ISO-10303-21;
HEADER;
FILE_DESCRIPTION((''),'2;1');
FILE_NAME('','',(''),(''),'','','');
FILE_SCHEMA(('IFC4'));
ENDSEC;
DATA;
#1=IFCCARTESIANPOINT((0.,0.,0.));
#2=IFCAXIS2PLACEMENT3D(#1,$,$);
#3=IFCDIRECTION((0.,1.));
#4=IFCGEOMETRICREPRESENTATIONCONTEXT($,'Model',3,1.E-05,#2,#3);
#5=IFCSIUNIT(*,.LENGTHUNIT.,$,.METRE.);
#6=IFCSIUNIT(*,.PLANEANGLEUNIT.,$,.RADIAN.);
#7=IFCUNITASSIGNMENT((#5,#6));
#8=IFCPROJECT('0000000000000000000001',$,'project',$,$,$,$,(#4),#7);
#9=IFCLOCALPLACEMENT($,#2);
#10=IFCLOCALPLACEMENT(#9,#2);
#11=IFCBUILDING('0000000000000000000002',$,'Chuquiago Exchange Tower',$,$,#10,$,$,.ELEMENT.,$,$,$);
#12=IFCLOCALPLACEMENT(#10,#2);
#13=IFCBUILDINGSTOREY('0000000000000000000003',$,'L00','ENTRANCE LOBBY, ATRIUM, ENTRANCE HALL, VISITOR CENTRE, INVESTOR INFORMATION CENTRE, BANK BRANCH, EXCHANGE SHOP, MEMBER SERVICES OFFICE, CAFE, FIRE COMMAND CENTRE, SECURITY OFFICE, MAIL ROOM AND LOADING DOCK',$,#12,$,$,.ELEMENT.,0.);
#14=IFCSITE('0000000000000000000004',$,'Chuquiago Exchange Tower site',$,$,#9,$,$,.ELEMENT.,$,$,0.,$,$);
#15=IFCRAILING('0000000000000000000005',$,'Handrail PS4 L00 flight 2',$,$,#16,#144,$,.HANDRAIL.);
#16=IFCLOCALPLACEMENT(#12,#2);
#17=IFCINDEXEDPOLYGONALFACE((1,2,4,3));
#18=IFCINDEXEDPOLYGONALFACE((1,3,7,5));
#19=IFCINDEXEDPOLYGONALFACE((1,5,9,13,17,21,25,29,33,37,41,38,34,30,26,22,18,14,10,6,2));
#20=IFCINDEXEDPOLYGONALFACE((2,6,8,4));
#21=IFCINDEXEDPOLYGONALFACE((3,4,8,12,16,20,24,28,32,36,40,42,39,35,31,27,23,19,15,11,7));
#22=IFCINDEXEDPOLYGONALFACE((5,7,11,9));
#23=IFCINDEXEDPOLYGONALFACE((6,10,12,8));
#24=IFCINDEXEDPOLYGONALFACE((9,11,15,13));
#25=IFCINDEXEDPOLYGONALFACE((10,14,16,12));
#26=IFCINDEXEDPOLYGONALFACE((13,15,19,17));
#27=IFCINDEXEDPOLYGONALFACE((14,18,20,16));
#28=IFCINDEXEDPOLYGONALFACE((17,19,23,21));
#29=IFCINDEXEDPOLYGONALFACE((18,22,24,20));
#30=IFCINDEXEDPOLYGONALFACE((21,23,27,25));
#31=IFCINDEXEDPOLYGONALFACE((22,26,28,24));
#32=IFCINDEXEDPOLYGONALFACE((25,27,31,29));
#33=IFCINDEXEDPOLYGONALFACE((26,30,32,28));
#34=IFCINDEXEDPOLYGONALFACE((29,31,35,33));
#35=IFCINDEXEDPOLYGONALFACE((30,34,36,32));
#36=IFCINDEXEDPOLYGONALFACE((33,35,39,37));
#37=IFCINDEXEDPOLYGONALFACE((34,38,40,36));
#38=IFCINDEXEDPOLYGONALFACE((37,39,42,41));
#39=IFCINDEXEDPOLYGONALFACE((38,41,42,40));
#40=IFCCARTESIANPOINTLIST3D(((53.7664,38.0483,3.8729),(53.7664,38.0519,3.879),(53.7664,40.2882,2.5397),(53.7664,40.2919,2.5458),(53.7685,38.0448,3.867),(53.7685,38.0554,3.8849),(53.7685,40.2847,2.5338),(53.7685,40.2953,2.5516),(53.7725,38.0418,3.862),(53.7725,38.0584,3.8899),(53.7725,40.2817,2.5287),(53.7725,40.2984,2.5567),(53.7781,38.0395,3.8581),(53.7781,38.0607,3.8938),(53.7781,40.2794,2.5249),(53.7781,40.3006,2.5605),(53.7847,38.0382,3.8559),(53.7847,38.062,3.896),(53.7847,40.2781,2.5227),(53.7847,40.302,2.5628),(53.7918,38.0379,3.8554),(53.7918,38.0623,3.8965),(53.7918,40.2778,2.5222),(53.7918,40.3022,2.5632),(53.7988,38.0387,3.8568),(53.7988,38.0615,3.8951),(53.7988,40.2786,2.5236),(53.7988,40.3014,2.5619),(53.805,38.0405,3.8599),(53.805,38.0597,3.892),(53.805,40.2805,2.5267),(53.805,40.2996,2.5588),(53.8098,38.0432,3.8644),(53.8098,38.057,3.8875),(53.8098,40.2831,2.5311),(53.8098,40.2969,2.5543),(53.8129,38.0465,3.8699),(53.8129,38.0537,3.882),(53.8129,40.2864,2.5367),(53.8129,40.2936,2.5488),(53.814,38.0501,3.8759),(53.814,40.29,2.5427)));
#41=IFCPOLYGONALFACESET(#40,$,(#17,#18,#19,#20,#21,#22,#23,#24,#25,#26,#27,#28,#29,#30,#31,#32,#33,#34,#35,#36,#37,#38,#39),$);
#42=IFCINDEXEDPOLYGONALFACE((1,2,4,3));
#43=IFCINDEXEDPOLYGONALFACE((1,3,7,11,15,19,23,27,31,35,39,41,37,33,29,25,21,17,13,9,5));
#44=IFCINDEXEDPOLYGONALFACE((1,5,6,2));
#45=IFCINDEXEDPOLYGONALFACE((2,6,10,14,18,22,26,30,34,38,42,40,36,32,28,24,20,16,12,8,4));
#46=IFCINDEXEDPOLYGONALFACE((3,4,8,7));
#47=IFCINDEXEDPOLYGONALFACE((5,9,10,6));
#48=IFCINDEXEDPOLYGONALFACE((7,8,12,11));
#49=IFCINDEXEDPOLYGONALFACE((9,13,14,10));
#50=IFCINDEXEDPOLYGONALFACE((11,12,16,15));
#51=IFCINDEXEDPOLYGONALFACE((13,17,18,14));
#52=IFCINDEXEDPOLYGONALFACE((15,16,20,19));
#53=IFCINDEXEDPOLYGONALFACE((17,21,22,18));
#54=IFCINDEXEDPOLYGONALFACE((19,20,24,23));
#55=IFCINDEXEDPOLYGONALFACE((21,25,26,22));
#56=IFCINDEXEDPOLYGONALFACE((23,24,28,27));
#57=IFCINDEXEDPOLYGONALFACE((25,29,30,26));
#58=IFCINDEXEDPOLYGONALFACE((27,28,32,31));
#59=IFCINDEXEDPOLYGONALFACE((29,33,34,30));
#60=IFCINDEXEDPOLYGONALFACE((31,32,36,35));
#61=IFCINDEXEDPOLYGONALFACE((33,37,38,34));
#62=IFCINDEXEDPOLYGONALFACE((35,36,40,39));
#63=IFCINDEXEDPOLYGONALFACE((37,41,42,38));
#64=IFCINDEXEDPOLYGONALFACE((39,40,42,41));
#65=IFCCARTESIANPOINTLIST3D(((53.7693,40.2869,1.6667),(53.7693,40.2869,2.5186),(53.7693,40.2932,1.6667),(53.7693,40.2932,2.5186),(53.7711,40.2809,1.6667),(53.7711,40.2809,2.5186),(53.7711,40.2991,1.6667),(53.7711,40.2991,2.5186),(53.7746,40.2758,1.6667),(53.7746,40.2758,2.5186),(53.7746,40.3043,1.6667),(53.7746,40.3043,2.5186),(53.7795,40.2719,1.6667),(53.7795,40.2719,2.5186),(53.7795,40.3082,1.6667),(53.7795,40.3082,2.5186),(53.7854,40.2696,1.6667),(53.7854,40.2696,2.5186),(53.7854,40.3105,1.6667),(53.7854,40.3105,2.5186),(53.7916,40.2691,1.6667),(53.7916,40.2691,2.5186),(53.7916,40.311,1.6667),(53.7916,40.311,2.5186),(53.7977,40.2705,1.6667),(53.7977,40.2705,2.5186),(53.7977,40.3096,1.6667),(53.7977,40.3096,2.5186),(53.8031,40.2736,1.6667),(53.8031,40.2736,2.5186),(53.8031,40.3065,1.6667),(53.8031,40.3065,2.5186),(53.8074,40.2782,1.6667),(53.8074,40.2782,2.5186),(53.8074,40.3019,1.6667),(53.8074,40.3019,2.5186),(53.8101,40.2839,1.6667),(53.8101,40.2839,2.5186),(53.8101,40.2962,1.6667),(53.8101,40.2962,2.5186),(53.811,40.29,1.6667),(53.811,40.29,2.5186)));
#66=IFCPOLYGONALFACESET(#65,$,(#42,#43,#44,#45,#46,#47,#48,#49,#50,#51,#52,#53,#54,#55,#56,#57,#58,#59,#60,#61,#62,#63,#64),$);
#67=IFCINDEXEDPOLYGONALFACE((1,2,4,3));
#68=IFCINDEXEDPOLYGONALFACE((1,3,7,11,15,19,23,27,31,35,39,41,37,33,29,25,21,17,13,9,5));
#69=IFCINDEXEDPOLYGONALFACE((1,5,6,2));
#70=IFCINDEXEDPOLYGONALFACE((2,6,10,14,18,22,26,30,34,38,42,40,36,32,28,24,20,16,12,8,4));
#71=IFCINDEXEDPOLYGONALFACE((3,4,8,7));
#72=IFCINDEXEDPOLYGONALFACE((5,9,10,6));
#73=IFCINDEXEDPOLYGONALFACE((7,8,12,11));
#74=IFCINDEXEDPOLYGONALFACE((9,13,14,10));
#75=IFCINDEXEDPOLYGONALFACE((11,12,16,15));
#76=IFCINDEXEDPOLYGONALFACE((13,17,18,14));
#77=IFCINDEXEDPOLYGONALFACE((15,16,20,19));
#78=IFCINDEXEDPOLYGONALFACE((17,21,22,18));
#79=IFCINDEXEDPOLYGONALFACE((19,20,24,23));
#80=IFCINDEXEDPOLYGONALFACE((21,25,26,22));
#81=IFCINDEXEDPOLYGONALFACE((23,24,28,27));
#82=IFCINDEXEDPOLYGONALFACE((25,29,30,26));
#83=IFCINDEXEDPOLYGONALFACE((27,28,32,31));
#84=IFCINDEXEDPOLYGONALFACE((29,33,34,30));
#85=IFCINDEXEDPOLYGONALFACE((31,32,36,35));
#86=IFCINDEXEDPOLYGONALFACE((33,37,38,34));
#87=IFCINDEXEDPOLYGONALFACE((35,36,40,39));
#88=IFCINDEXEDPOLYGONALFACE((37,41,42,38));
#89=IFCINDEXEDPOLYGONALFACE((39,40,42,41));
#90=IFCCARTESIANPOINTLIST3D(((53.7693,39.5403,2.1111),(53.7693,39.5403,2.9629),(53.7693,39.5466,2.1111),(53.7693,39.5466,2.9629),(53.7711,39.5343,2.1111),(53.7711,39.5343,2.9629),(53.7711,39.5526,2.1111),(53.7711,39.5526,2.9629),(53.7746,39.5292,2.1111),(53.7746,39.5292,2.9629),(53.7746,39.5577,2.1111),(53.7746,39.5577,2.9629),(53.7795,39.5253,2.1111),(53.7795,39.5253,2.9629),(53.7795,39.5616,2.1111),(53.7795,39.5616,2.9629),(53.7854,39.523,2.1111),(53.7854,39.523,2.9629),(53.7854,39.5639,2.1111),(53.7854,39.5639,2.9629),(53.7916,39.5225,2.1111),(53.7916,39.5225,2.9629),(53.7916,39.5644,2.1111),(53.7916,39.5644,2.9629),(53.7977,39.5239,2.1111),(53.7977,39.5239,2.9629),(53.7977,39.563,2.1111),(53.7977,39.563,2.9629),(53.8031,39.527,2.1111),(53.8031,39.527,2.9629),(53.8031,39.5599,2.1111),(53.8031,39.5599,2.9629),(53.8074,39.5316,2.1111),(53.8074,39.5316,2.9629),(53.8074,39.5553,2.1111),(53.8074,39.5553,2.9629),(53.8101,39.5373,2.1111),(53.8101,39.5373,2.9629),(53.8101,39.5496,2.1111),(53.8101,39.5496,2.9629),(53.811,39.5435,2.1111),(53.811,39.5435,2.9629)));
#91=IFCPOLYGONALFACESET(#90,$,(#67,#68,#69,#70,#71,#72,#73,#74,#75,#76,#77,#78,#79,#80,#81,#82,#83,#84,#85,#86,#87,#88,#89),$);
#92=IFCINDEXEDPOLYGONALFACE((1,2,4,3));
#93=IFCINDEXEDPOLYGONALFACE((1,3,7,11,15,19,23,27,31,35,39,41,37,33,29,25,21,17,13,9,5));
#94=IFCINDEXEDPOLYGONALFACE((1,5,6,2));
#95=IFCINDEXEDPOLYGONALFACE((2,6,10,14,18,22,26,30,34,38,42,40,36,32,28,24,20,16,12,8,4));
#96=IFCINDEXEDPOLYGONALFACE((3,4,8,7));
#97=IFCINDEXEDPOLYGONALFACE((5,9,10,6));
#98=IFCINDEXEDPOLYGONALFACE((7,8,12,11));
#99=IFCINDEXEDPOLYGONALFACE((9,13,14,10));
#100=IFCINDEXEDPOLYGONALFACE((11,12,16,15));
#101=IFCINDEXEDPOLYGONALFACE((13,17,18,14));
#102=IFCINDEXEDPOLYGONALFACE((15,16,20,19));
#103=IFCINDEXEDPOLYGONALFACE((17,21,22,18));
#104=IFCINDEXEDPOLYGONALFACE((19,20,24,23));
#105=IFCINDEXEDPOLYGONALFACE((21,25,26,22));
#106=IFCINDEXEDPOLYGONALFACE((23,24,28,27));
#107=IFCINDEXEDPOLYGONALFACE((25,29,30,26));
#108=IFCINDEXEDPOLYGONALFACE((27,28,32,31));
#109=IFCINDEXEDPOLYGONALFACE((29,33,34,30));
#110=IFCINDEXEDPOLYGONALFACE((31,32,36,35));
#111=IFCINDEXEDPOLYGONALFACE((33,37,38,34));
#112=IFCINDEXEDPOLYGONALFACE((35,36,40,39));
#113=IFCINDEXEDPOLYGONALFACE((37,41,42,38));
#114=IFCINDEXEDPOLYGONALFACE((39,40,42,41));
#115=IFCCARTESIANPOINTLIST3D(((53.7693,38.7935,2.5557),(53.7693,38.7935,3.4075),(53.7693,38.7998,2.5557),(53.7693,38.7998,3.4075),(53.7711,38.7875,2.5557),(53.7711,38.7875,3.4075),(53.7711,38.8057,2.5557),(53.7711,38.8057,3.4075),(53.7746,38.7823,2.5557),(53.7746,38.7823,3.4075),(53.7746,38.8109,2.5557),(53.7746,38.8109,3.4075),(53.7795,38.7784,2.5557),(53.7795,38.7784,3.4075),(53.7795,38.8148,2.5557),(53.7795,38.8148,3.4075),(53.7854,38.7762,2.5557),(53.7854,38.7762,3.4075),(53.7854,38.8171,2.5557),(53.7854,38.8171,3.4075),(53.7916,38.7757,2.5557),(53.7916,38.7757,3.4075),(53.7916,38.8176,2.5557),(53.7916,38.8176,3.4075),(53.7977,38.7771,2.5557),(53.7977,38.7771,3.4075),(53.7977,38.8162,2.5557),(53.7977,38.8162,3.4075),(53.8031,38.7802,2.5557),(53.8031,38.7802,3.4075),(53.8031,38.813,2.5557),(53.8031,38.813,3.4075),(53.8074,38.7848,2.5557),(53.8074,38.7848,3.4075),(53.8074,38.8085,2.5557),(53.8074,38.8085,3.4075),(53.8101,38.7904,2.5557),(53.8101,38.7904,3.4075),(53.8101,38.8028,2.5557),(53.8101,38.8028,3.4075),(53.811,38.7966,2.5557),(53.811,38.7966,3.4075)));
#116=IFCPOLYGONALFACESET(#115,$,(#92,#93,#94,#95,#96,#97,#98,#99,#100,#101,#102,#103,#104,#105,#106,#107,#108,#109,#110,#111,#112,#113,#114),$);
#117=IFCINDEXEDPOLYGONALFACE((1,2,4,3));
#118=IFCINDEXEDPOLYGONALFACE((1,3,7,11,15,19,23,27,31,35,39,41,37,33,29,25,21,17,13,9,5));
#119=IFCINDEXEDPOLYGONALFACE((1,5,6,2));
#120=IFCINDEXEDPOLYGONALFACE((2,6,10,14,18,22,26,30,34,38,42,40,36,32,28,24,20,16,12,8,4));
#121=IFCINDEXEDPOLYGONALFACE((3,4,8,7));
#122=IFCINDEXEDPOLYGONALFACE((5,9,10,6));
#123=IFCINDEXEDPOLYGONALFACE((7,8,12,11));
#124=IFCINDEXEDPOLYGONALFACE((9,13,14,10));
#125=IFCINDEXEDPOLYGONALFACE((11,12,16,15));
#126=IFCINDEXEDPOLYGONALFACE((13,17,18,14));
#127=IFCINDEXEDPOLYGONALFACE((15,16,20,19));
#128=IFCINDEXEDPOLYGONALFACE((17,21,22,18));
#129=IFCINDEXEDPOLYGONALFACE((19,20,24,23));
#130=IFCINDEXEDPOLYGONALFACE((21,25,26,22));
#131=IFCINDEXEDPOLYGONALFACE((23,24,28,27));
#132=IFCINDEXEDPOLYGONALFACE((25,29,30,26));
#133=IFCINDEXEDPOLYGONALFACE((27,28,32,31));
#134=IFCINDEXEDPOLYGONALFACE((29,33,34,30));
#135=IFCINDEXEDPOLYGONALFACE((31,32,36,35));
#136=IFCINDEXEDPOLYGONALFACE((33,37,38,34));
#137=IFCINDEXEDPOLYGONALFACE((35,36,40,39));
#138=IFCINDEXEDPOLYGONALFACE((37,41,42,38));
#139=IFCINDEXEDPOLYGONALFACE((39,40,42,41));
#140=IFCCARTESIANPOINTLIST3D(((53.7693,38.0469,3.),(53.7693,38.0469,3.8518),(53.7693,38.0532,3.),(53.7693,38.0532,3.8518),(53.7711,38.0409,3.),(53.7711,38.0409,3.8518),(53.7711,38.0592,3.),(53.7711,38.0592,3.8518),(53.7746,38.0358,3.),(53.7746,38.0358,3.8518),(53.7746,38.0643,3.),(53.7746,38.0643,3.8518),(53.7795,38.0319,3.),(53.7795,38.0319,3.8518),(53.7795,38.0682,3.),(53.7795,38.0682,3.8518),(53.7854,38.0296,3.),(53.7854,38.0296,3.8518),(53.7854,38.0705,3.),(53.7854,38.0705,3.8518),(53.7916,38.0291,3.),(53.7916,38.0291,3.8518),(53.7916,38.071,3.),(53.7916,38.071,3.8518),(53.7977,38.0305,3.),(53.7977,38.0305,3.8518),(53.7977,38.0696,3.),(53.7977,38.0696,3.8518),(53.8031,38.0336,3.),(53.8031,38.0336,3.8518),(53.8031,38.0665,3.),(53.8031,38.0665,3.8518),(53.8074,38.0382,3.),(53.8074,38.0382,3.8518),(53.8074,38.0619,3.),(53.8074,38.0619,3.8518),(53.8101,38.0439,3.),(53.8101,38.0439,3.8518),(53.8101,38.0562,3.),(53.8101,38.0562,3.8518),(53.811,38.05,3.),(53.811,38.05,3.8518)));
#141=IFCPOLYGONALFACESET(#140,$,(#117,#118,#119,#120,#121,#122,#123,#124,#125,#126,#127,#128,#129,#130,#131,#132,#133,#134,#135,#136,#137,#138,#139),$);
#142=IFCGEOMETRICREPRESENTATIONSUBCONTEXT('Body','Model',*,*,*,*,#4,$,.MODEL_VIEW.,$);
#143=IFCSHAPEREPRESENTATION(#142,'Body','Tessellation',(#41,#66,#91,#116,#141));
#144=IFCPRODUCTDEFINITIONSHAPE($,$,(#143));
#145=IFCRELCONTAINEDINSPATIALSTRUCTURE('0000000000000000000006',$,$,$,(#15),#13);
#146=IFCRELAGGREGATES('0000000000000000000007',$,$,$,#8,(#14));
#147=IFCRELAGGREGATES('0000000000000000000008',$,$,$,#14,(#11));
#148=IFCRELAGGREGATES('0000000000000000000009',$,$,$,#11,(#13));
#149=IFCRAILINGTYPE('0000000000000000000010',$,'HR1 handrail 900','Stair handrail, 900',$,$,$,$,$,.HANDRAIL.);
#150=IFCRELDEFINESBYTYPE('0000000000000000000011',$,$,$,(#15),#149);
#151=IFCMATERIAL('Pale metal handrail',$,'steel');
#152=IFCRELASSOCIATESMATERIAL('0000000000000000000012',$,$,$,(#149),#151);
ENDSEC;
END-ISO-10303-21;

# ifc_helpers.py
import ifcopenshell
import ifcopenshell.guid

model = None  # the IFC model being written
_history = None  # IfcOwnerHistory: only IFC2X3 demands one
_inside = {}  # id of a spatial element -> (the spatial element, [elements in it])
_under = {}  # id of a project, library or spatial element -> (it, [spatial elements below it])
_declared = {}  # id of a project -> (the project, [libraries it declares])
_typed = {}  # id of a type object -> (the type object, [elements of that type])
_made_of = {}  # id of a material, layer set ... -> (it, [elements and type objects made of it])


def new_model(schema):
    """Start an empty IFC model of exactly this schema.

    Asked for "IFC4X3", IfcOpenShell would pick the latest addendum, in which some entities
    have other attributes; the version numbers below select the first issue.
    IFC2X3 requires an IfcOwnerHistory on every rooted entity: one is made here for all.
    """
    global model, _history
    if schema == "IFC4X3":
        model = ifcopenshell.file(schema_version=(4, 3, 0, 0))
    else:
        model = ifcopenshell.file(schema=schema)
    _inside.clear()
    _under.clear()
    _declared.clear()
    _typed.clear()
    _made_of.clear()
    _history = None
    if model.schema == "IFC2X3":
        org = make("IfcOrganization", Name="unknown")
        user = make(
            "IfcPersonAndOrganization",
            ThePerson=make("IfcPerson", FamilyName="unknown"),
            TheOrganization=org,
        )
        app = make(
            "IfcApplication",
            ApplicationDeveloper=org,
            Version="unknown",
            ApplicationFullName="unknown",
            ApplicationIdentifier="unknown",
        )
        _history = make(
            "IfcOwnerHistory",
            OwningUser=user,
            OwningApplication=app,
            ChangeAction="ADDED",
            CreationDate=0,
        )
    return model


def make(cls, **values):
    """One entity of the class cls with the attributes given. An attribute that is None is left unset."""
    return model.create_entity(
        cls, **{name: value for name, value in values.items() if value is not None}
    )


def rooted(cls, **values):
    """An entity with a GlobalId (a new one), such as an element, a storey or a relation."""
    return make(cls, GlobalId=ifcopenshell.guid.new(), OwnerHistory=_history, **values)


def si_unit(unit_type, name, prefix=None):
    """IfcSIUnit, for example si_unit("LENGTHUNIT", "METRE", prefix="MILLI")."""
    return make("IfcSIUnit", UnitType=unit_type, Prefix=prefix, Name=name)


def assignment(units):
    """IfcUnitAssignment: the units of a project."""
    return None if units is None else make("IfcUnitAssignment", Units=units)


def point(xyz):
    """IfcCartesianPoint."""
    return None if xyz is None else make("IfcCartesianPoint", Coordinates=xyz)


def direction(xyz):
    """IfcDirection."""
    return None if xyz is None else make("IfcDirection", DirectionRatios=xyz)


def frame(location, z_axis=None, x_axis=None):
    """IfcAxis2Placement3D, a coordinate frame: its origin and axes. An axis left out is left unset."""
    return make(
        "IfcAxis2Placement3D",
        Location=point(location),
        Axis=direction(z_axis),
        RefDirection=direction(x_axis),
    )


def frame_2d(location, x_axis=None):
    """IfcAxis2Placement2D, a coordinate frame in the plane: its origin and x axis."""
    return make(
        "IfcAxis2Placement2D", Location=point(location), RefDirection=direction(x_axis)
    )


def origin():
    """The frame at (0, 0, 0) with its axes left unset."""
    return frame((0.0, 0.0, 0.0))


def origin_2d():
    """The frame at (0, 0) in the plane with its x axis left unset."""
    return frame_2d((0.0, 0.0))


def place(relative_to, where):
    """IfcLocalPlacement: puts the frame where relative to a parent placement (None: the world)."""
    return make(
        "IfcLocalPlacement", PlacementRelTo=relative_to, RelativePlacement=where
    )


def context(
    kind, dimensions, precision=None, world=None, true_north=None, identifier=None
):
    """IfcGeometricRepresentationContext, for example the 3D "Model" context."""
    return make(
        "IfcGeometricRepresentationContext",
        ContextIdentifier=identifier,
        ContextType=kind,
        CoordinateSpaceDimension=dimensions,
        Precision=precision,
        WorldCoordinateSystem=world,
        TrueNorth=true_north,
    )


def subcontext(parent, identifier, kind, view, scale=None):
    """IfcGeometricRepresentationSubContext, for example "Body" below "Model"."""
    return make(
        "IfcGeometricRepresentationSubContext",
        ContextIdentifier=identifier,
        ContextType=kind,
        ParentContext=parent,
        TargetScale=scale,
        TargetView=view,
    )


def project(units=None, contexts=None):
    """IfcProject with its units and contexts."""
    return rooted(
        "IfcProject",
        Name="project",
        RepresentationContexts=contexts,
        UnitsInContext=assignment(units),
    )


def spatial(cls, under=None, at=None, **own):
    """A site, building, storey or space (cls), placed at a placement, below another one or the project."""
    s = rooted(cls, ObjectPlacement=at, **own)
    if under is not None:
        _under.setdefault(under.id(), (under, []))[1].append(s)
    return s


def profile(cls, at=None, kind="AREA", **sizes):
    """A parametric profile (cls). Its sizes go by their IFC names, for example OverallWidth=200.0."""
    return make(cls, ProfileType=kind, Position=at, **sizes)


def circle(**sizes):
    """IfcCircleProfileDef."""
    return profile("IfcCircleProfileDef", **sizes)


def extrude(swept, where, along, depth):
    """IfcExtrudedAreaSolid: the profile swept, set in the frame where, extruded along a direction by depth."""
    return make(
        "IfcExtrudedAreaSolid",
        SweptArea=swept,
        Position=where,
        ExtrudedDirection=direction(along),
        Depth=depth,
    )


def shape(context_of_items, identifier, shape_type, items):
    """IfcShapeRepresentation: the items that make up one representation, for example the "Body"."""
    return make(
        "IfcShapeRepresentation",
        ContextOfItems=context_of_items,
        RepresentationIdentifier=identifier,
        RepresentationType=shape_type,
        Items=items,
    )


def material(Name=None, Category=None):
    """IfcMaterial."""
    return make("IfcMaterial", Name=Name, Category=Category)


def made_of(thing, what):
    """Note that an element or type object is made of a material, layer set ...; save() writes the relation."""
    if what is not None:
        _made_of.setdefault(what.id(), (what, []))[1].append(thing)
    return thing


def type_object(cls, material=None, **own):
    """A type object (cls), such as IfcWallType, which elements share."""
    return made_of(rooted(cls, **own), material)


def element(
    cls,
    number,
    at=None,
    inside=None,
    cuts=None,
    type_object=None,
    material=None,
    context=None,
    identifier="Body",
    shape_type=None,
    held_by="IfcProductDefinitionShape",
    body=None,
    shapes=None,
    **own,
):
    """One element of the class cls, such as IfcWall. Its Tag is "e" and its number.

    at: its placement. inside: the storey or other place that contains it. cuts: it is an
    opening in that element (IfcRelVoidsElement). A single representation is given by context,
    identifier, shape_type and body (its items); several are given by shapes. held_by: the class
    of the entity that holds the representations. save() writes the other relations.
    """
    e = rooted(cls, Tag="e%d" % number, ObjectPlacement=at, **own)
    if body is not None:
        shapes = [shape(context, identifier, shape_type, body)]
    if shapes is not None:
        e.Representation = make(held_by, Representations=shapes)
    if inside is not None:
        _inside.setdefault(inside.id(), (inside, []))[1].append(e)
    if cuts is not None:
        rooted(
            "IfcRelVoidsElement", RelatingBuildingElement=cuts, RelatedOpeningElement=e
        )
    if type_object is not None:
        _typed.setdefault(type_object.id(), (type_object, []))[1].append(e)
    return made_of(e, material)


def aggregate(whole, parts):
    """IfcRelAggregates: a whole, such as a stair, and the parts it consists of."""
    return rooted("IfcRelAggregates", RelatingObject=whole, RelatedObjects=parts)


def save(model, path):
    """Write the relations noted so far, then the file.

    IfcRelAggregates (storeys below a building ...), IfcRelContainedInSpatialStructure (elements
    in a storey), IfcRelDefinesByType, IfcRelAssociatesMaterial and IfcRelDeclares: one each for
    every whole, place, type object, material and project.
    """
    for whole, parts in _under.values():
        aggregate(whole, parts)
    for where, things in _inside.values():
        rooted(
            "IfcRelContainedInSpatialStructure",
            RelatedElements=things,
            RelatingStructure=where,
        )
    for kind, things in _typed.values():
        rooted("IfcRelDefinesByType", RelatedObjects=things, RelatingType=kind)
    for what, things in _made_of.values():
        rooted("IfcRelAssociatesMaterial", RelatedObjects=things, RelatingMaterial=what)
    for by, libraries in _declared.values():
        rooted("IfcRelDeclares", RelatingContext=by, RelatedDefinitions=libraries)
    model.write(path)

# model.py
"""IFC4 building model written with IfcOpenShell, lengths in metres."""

from ifc_helpers import new_model, si_unit, direction, frame, origin, origin_2d, place, context, subcontext, project, spatial, circle, extrude, material, type_object, element, save


model = new_model("IFC4")

# Units and contexts
model_context = context("Model", 3, precision=1e-05, world=origin(), true_north=direction((0.0, 1.0)))
body_context = subcontext(model_context, "Body", "Model", "MODEL_VIEW")
ifc_project = project(units=[si_unit("LENGTHUNIT", "METRE"), si_unit("PLANEANGLEUNIT", "RADIAN")], contexts=[model_context])

# Site, building, storey
site_placement = place(None, origin())
site = spatial("IfcSite", under=ifc_project, at=site_placement, Name="Chuquiago Exchange Tower site", CompositionType="ELEMENT", RefElevation=0.0)
building_placement = place(site_placement, origin())
building = spatial("IfcBuilding", under=site, at=building_placement, Name="Chuquiago Exchange Tower", CompositionType="ELEMENT")
storey_placement = place(building_placement, origin())
storey = spatial("IfcBuildingStorey", under=building, at=storey_placement, Name="L00", Description="ENTRANCE LOBBY, ATRIUM, ENTRANCE HALL, VISITOR CENTRE, INVESTOR INFORMATION CENTRE, BANK BRANCH, EXCHANGE SHOP, MEMBER SERVICES OFFICE, CAFE, FIRE COMMAND CENTRE, SECURITY OFFICE, MAIL ROOM AND LOADING DOCK", CompositionType="ELEMENT", Elevation=0.0)

# Railing
ifc_material_1 = material(Name="Pale metal handrail", Category="steel")
railing_type = type_object("IfcRailingType", Name="HR1 handrail 900", Description="Stair handrail, 900", PredefinedType="HANDRAIL", material=ifc_material_1)
for number, where, name in (
    (1, (53.79, 40.29, 1.6667), "Handrail PS4 L00 flight 2"),
):
    element("IfcRailing", number, at=place(storey_placement, frame(where)), inside=storey, type_object=railing_type, Name=name, PredefinedType="HANDRAIL", context=body_context, shape_type="SweptSolid", body=[
        extrude(circle(Radius=0.0239, at=origin_2d()), frame((0.0, 0.0, 0.876), z_axis=(0.0, -0.859306, 0.511462), x_axis=(1.0, 0.0, 0.0)), (0.0, 0.0, 1.0), 2.6067),
        extrude(circle(Radius=0.021, at=origin_2d()), origin(), (0.0, 0.0, 1.0), 0.8518),
        extrude(circle(Radius=0.021, at=origin_2d()), frame((0.0, -0.7466, 0.4443)), (0.0, 0.0, 1.0), 0.8518),
        extrude(circle(Radius=0.021, at=origin_2d()), frame((0.0, -1.4934, 0.8889)), (0.0, 0.0, 1.0), 0.8518),
        extrude(circle(Radius=0.021, at=origin_2d()), frame((0.0, -2.24, 1.3333)), (0.0, 0.0, 1.0), 0.8518),
    ])

save(model, "model.ifc")
